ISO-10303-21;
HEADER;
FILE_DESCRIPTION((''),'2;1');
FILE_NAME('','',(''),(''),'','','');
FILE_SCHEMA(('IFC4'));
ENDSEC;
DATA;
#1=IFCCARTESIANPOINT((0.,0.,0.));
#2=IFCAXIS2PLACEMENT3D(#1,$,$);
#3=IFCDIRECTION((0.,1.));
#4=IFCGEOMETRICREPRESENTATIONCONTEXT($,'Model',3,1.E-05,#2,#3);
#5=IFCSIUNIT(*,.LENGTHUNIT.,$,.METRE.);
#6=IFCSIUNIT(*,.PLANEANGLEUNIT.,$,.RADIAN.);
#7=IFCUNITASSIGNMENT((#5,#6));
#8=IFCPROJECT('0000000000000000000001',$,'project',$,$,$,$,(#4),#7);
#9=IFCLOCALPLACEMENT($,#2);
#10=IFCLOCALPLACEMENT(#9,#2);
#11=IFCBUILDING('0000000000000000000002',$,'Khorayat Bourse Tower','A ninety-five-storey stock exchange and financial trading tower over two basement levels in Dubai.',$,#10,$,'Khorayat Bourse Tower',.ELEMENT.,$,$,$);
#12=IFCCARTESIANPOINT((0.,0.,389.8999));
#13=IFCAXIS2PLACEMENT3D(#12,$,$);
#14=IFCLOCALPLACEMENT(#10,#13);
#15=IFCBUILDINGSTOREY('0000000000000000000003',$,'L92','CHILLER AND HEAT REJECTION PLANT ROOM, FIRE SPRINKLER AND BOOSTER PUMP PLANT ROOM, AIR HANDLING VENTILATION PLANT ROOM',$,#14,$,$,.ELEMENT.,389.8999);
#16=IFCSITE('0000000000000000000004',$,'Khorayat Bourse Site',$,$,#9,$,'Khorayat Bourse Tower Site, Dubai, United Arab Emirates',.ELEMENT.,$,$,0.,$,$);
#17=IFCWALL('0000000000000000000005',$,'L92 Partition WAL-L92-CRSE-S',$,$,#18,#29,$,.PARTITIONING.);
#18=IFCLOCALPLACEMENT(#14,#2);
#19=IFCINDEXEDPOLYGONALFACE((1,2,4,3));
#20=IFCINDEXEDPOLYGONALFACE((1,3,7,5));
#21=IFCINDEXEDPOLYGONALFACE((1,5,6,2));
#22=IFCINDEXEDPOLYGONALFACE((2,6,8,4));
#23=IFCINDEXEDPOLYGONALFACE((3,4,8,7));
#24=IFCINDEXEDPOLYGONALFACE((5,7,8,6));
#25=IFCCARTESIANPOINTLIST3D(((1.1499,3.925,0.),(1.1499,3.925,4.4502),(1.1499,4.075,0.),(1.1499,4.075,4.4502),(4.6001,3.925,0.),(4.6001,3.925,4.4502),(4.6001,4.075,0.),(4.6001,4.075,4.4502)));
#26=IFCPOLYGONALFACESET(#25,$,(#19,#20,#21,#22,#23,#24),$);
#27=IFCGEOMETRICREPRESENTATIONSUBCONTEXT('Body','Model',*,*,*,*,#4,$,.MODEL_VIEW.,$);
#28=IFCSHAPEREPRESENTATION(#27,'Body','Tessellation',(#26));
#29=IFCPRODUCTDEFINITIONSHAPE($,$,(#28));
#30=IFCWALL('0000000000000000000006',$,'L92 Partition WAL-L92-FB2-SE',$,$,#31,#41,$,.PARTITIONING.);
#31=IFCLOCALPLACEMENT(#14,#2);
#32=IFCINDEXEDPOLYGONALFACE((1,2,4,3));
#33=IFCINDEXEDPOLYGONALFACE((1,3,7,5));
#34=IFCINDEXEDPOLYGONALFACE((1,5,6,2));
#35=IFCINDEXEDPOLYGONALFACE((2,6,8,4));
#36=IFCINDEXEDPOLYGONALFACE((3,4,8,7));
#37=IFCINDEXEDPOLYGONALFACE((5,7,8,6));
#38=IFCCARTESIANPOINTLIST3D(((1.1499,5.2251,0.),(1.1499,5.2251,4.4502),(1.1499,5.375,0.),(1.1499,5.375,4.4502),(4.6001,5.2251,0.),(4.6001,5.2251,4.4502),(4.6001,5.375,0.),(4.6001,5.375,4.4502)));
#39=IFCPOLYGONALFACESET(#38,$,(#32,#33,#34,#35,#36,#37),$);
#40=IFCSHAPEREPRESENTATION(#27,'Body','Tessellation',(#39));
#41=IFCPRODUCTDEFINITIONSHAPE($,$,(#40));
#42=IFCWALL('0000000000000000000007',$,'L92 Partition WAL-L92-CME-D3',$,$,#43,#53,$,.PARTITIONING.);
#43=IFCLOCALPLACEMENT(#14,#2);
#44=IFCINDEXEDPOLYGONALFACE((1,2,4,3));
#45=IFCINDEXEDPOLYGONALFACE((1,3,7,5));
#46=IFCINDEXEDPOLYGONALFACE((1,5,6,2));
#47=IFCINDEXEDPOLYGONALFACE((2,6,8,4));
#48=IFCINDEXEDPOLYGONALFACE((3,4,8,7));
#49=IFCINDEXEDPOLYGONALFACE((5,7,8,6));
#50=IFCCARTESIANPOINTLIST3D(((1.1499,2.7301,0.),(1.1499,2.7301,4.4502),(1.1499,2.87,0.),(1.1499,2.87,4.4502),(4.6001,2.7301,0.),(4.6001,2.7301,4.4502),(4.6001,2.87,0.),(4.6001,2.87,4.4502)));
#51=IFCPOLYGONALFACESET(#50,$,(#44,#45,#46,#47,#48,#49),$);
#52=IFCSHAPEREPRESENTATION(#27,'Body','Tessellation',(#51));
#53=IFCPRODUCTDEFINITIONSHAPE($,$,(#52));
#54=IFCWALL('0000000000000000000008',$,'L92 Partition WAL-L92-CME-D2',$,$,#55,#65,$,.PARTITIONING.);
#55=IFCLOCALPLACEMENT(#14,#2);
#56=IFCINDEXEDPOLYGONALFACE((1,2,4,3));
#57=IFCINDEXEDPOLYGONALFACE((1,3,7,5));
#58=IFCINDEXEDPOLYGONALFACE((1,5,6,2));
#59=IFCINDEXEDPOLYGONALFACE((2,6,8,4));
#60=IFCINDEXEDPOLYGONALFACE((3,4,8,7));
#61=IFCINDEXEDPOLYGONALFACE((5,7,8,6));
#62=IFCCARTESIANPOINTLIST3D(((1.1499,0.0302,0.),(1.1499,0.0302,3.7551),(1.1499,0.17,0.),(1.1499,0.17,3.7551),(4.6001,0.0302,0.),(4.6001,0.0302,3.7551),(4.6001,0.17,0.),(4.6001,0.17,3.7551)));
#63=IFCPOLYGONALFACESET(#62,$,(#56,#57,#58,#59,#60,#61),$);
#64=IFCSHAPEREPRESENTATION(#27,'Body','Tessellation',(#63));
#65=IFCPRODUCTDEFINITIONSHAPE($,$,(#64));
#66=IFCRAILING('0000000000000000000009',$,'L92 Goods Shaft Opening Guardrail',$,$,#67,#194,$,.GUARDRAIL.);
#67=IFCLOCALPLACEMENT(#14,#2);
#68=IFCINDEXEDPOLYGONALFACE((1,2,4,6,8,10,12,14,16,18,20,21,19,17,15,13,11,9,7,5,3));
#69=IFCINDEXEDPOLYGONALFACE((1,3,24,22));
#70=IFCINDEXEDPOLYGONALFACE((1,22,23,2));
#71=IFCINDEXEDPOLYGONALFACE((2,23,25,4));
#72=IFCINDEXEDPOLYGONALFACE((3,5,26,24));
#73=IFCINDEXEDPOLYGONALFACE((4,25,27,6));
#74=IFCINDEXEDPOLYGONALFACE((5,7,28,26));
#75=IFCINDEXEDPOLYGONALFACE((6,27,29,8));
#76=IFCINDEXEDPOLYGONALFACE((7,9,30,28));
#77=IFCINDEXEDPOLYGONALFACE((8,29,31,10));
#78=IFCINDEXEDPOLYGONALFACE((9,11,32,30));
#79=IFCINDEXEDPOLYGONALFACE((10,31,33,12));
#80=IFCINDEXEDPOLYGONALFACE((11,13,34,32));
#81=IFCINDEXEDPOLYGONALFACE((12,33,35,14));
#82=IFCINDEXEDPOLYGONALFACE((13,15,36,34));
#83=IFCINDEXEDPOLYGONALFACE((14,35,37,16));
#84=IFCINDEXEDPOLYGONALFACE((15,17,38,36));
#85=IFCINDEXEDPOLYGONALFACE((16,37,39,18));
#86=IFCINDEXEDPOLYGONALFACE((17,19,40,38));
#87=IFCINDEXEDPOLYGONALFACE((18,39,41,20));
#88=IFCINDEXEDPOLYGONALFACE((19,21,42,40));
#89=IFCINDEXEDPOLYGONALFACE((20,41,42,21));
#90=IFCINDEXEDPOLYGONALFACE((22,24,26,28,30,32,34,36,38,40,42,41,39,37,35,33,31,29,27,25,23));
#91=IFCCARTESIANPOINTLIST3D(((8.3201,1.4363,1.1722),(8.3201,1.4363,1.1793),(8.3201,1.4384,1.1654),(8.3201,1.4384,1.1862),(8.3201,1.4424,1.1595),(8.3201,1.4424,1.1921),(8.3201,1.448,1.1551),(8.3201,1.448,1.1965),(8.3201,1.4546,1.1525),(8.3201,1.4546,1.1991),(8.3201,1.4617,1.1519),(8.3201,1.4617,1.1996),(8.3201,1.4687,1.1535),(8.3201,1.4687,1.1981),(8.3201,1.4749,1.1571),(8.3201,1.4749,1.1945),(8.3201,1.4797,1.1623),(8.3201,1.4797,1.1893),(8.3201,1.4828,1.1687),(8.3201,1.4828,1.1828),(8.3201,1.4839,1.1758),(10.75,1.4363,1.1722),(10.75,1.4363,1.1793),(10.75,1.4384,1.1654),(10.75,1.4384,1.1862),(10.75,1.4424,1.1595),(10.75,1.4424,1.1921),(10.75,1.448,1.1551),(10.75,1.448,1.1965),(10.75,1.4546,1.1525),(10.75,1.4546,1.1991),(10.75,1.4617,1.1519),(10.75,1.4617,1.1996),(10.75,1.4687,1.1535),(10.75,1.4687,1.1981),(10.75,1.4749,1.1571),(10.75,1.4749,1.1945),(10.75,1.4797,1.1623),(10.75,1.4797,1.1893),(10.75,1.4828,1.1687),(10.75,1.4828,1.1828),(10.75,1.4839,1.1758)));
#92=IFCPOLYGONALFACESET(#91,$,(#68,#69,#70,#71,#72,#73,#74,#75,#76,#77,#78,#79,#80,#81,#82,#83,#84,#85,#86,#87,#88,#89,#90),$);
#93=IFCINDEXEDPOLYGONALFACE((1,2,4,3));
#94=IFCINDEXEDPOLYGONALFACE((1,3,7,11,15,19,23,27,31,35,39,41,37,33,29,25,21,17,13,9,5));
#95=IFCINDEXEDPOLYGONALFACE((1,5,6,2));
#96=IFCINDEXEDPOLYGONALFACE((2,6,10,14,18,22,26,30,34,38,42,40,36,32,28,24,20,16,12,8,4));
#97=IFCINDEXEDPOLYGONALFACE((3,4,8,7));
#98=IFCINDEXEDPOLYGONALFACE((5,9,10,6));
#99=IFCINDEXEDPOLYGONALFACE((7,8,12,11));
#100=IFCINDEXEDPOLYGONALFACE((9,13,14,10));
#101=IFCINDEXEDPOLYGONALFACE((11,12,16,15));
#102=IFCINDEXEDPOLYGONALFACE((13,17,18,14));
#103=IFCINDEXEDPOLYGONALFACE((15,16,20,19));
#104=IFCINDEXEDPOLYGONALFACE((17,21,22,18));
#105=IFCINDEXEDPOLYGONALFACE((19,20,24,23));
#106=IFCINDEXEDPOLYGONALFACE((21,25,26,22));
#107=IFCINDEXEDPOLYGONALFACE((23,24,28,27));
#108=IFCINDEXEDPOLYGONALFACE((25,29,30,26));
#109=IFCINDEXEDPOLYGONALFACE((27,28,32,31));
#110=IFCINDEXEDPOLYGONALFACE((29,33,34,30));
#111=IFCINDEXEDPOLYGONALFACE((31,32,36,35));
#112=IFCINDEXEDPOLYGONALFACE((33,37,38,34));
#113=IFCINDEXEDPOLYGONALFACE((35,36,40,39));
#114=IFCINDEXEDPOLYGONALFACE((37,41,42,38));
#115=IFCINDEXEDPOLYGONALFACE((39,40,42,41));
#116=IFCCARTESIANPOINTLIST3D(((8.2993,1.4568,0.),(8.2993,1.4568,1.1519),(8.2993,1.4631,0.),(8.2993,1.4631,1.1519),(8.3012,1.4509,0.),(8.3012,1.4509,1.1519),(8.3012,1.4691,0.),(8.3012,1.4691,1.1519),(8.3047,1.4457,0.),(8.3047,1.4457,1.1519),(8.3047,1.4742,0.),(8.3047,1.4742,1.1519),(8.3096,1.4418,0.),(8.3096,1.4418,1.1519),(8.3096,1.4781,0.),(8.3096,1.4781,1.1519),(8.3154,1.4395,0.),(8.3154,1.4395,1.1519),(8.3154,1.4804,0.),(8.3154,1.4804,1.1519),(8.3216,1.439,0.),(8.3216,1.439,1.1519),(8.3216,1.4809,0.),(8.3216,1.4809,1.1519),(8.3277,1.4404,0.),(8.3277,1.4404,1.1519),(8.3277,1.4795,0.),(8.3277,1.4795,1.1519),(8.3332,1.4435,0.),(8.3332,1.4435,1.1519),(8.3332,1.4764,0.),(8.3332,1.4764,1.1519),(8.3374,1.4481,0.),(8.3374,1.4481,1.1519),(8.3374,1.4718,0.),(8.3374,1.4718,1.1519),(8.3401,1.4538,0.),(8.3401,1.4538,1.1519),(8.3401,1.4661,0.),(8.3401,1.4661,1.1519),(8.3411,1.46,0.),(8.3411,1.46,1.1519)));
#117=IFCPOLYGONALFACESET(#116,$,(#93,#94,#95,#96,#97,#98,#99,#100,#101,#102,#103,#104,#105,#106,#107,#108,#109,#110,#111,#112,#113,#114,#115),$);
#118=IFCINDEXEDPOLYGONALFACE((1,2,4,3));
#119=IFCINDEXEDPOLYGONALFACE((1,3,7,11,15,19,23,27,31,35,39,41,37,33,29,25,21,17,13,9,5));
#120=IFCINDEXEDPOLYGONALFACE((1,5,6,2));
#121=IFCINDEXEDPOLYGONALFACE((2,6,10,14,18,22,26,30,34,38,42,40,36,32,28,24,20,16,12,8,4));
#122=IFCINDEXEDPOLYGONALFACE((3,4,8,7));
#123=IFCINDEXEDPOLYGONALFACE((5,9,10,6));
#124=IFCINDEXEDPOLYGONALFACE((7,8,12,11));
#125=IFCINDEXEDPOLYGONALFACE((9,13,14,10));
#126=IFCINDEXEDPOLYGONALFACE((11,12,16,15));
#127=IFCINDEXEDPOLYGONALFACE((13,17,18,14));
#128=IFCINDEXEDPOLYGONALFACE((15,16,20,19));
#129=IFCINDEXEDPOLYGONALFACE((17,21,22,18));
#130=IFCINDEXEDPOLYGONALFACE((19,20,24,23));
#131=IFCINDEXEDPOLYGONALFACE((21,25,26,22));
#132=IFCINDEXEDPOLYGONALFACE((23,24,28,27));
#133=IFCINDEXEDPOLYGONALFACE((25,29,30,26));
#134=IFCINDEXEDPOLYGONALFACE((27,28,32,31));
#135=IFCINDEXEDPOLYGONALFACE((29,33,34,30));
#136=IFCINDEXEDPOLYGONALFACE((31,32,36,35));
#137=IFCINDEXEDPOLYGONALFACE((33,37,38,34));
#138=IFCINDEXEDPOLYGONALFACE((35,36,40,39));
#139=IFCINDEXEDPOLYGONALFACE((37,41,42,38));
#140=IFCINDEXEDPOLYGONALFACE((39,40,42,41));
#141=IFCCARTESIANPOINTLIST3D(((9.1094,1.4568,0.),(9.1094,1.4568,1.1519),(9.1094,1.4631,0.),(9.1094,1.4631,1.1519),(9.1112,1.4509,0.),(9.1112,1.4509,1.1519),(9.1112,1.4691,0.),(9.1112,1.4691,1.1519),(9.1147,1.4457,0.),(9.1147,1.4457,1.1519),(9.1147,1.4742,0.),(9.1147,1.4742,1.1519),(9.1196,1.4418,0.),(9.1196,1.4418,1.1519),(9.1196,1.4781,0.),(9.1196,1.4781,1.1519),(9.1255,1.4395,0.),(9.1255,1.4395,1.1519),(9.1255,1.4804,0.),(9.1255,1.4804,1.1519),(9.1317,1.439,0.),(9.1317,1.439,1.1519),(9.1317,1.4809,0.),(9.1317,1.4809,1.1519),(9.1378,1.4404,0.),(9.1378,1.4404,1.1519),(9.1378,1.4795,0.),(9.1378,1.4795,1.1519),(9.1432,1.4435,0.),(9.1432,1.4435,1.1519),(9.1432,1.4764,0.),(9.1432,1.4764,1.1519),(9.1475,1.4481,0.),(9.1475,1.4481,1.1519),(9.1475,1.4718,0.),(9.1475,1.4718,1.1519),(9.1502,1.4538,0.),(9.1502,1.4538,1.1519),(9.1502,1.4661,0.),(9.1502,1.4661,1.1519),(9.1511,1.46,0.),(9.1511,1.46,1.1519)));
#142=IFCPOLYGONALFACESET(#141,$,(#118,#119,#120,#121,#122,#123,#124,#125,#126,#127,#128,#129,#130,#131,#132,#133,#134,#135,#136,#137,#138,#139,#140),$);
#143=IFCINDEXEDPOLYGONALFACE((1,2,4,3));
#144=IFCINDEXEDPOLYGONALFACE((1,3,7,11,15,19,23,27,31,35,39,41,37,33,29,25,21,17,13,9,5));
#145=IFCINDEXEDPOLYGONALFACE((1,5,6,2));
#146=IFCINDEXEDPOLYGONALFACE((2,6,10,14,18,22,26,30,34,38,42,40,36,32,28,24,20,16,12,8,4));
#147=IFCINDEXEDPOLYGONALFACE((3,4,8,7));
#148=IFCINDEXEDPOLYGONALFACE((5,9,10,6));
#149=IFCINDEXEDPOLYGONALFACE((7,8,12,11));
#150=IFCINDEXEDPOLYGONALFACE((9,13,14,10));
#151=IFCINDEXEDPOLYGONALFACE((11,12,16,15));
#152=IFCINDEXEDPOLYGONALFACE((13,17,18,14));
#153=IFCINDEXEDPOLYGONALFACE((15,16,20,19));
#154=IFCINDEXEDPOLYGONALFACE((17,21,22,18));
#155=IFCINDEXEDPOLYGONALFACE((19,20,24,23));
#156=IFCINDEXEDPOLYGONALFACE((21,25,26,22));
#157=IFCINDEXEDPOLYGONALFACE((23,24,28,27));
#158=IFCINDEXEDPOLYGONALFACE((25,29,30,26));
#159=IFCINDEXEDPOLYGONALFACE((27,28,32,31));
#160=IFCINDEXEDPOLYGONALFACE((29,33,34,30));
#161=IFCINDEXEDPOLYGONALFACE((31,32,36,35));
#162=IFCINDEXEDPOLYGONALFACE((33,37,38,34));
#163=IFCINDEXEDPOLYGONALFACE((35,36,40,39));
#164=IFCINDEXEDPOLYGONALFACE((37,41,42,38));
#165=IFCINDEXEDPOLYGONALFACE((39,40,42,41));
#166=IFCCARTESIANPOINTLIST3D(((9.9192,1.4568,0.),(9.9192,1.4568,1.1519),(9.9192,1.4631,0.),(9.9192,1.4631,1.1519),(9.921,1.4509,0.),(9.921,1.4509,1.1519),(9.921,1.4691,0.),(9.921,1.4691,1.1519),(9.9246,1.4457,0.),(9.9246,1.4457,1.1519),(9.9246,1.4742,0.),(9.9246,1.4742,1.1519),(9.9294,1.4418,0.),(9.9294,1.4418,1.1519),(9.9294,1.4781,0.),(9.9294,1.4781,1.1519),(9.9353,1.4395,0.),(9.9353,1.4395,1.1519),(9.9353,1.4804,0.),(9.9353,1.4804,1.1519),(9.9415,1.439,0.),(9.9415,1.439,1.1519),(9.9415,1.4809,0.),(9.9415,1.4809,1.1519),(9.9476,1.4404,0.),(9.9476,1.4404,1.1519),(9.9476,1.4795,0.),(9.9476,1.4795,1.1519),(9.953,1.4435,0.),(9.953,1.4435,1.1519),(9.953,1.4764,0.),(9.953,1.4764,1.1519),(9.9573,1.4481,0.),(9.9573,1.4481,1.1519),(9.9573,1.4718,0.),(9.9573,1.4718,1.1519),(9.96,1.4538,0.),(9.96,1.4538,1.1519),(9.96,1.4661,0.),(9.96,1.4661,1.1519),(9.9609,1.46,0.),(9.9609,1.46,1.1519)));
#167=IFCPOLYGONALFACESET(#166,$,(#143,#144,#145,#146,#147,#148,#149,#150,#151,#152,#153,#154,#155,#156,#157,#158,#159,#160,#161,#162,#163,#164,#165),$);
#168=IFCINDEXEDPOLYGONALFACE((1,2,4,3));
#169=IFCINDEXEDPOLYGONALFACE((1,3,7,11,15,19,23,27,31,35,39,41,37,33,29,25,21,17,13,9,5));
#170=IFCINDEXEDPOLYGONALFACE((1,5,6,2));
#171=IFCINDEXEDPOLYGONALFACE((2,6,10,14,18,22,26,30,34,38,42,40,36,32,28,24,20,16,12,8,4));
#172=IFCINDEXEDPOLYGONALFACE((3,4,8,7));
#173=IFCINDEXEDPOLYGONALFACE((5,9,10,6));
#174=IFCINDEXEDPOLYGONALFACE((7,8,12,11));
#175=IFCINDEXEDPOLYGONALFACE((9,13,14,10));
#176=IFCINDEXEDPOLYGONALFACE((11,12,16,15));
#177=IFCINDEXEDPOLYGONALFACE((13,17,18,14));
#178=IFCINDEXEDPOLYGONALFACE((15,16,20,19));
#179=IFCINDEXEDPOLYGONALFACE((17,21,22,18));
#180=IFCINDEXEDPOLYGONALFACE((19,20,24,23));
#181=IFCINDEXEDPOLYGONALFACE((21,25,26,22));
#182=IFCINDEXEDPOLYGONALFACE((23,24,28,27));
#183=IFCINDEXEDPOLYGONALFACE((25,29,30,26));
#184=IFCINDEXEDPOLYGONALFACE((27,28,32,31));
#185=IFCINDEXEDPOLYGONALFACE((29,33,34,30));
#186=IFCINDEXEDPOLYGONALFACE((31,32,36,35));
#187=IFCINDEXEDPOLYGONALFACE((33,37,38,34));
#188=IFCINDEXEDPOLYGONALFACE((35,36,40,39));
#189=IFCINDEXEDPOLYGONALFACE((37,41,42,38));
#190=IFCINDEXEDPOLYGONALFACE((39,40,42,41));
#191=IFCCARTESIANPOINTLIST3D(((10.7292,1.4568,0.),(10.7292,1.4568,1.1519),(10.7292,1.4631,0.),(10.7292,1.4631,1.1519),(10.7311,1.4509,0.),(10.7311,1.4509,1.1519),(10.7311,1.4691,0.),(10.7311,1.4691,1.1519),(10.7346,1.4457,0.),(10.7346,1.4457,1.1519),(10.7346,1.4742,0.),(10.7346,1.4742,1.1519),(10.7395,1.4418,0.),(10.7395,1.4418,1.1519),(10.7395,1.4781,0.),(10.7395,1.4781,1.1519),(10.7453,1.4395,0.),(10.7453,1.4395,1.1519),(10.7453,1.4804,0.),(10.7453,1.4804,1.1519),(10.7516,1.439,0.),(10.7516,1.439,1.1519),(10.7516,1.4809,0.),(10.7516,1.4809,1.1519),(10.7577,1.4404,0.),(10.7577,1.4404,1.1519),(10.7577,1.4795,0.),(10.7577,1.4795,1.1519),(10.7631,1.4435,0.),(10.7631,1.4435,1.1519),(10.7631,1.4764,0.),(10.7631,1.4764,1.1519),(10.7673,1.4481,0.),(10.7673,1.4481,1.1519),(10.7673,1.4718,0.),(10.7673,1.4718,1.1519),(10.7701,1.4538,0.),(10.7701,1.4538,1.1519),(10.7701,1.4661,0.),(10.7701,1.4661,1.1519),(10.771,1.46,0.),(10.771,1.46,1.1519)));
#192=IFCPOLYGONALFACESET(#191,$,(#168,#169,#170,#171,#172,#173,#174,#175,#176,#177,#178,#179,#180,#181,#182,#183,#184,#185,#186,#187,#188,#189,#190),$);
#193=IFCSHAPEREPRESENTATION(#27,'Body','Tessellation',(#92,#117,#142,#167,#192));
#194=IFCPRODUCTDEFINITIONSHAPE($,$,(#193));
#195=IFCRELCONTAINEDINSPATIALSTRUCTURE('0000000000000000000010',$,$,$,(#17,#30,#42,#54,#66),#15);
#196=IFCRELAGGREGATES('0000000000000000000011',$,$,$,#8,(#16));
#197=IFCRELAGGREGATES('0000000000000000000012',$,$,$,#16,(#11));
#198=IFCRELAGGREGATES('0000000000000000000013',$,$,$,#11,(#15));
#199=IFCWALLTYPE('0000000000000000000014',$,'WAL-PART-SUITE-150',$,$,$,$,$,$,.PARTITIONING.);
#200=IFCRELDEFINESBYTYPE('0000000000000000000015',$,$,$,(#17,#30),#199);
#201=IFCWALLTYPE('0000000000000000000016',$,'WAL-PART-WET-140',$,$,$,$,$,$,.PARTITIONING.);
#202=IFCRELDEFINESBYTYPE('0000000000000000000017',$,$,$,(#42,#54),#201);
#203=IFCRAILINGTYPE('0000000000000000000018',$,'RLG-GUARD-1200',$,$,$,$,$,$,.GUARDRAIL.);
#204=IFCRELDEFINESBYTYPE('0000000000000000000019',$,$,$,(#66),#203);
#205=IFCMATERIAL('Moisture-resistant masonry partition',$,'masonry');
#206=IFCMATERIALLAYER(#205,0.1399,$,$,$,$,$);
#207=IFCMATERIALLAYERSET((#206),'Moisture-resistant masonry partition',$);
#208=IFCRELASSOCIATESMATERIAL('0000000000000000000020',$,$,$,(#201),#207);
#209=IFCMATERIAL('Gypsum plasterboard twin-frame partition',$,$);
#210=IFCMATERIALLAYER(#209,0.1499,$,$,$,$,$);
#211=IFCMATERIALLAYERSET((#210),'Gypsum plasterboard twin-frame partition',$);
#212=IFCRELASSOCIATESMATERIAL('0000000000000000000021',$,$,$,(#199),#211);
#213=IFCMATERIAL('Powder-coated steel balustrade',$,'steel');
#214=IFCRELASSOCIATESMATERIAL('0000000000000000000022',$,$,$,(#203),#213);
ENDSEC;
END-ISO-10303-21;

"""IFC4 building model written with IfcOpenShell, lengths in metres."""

from ifc_helpers import new_model, si_unit, direction, frame, frame_2d, origin, origin_2d, place, context, subcontext, project, spatial, rectangle, circle, extrude, source, transform, mapped, material, layer, layer_set, type_object, element, save


model = new_model("IFC4")

# Units and contexts
model_context = context("Model", 3, precision=1e-05, world=origin(), true_north=direction((0.0, 1.0)))
body_context = subcontext(model_context, "Body", "Model", "MODEL_VIEW")
ifc_project = project(units=[si_unit("LENGTHUNIT", "METRE"), si_unit("PLANEANGLEUNIT", "RADIAN")], contexts=[model_context])

# Site, building, storey
site_placement = place(None, origin())
site = spatial("IfcSite", under=ifc_project, at=site_placement, Name="Khorayat Bourse Site", LongName="Khorayat Bourse Tower Site, Dubai, United Arab Emirates", CompositionType="ELEMENT", RefElevation=0.0)
building_placement = place(site_placement, origin())
building = spatial("IfcBuilding", under=site, at=building_placement, Name="Khorayat Bourse Tower", Description="A ninety-five-storey stock exchange and financial trading tower over two basement levels in Dubai.", LongName="Khorayat Bourse Tower", CompositionType="ELEMENT")
storey_placement = place(building_placement, frame((0.0, 0.0, 389.8999)))
storey = spatial("IfcBuildingStorey", under=building, at=storey_placement, Name="L92", Description="CHILLER AND HEAT REJECTION PLANT ROOM, FIRE SPRINKLER AND BOOSTER PUMP PLANT ROOM, AIR HANDLING VENTILATION PLANT ROOM", CompositionType="ELEMENT", Elevation=389.8999)

# Shared definitions
ifc_material_1 = material(Name="Moisture-resistant masonry partition", Category="masonry")
ifc_layer_1 = layer(ifc_material_1, 0.1399)
ifc_layer_set_1 = layer_set([ifc_layer_1], Name="Moisture-resistant masonry partition")
wall_type_1 = type_object("IfcWallType", Name="WAL-PART-WET-140", PredefinedType="PARTITIONING", material=ifc_layer_set_1)

# Walls
ifc_material_2 = material(Name="Gypsum plasterboard twin-frame partition")
ifc_layer_2 = layer(ifc_material_2, 0.1499)
ifc_layer_set_2 = layer_set([ifc_layer_2], Name="Gypsum plasterboard twin-frame partition")
wall_type_2 = type_object("IfcWallType", Name="WAL-PART-SUITE-150", PredefinedType="PARTITIONING", material=ifc_layer_set_2)
shared_shape_1 = source(origin(), body_context, "Body", "SweptSolid", [
    extrude(rectangle(XDim=3.4502, YDim=0.1499, at=frame_2d((1.7251, 0.0))), origin(), (0.0, 0.0, 1.0), 4.4502),
])
for number, where, z_axis, x_axis, name in (
    (1, (1.1499, 4.0, 0.0), (0.0, 0.0, 1.0), (1.0, 0.0, 0.0), "L92 Partition WAL-L92-CRSE-S"),
    (2, (1.1499, 5.3, 0.0), (0.0, 0.0, 1.0), (1.0, 0.0, 0.0), "L92 Partition WAL-L92-FB2-SE"),
):
    element("IfcWall", number, at=place(storey_placement, frame(where, z_axis=z_axis, x_axis=x_axis)), inside=storey, type_object=wall_type_2, Name=name, PredefinedType="PARTITIONING", context=body_context, shape_type="MappedRepresentation", body=[
        mapped(shared_shape_1, transform((0.0, 0.0, 0.0), scale=1.0)),
    ])
shared_shape_2 = source(origin(), body_context, "Body", "SweptSolid", [
    extrude(rectangle(XDim=3.4502, YDim=0.1399, at=frame_2d((1.7251, 0.0))), origin(), (0.0, 0.0, 1.0), 4.4502),
])
wall_1_placement = place(storey_placement, frame((1.1499, 2.8, 0.0), z_axis=(0.0, 0.0, 1.0), x_axis=(1.0, 0.0, 0.0)))
element("IfcWall", 3, at=wall_1_placement, inside=storey, type_object=wall_type_1, Name="L92 Partition WAL-L92-CME-D3", PredefinedType="PARTITIONING", context=body_context, shape_type="MappedRepresentation", body=[
    mapped(shared_shape_2, transform((0.0, 0.0, 0.0), scale=1.0)),
])

# Wall
shared_shape_3 = source(origin(), body_context, "Body", "SweptSolid", [
    extrude(rectangle(XDim=3.4502, YDim=0.1399, at=frame_2d((1.7251, 0.0))), origin(), (0.0, 0.0, 1.0), 3.7551),
])
wall_2_placement = place(storey_placement, frame((1.1499, 0.1001, 0.0), z_axis=(0.0, 0.0, 1.0), x_axis=(1.0, 0.0, 0.0)))
element("IfcWall", 4, at=wall_2_placement, inside=storey, type_object=wall_type_1, Name="L92 Partition WAL-L92-CME-D2", PredefinedType="PARTITIONING", context=body_context, shape_type="MappedRepresentation", body=[
    mapped(shared_shape_3, transform((0.0, 0.0, 0.0), scale=1.0)),
])

# Railing
ifc_material_3 = material(Name="Powder-coated steel balustrade", Category="steel")
railing_type = type_object("IfcRailingType", Name="RLG-GUARD-1200", PredefinedType="GUARDRAIL", material=ifc_material_3)
shared_shape_4 = source(origin(), body_context, "Body", "SweptSolid", [
    extrude(circle(Radius=0.0239, at=origin_2d()), frame((0.0, 0.0, 1.1758), z_axis=(1.0, 0.0, 0.0), x_axis=(0.0, 1.0, 0.0)), (0.0, 0.0, 1.0), 2.4299),
    extrude(circle(Radius=0.021, at=origin_2d()), origin(), (0.0, 0.0, 1.0), 1.1519),
    extrude(circle(Radius=0.021, at=origin_2d()), frame((0.8101, 0.0, 0.0)), (0.0, 0.0, 1.0), 1.1519),
    extrude(circle(Radius=0.021, at=origin_2d()), frame((1.6199, 0.0, 0.0)), (0.0, 0.0, 1.0), 1.1519),
    extrude(circle(Radius=0.021, at=origin_2d()), frame((2.4299, 0.0, 0.0)), (0.0, 0.0, 1.0), 1.1519),
])
railing_placement = place(storey_placement, frame((8.3201, 1.46, 0.0)))
element("IfcRailing", 5, at=railing_placement, inside=storey, type_object=railing_type, Name="L92 Goods Shaft Opening Guardrail", PredefinedType="GUARDRAIL", context=body_context, shape_type="MappedRepresentation", body=[
    mapped(shared_shape_4, transform((0.0, 0.0, 0.0), scale=1.0)),
])

save(model, "model.ifc")
